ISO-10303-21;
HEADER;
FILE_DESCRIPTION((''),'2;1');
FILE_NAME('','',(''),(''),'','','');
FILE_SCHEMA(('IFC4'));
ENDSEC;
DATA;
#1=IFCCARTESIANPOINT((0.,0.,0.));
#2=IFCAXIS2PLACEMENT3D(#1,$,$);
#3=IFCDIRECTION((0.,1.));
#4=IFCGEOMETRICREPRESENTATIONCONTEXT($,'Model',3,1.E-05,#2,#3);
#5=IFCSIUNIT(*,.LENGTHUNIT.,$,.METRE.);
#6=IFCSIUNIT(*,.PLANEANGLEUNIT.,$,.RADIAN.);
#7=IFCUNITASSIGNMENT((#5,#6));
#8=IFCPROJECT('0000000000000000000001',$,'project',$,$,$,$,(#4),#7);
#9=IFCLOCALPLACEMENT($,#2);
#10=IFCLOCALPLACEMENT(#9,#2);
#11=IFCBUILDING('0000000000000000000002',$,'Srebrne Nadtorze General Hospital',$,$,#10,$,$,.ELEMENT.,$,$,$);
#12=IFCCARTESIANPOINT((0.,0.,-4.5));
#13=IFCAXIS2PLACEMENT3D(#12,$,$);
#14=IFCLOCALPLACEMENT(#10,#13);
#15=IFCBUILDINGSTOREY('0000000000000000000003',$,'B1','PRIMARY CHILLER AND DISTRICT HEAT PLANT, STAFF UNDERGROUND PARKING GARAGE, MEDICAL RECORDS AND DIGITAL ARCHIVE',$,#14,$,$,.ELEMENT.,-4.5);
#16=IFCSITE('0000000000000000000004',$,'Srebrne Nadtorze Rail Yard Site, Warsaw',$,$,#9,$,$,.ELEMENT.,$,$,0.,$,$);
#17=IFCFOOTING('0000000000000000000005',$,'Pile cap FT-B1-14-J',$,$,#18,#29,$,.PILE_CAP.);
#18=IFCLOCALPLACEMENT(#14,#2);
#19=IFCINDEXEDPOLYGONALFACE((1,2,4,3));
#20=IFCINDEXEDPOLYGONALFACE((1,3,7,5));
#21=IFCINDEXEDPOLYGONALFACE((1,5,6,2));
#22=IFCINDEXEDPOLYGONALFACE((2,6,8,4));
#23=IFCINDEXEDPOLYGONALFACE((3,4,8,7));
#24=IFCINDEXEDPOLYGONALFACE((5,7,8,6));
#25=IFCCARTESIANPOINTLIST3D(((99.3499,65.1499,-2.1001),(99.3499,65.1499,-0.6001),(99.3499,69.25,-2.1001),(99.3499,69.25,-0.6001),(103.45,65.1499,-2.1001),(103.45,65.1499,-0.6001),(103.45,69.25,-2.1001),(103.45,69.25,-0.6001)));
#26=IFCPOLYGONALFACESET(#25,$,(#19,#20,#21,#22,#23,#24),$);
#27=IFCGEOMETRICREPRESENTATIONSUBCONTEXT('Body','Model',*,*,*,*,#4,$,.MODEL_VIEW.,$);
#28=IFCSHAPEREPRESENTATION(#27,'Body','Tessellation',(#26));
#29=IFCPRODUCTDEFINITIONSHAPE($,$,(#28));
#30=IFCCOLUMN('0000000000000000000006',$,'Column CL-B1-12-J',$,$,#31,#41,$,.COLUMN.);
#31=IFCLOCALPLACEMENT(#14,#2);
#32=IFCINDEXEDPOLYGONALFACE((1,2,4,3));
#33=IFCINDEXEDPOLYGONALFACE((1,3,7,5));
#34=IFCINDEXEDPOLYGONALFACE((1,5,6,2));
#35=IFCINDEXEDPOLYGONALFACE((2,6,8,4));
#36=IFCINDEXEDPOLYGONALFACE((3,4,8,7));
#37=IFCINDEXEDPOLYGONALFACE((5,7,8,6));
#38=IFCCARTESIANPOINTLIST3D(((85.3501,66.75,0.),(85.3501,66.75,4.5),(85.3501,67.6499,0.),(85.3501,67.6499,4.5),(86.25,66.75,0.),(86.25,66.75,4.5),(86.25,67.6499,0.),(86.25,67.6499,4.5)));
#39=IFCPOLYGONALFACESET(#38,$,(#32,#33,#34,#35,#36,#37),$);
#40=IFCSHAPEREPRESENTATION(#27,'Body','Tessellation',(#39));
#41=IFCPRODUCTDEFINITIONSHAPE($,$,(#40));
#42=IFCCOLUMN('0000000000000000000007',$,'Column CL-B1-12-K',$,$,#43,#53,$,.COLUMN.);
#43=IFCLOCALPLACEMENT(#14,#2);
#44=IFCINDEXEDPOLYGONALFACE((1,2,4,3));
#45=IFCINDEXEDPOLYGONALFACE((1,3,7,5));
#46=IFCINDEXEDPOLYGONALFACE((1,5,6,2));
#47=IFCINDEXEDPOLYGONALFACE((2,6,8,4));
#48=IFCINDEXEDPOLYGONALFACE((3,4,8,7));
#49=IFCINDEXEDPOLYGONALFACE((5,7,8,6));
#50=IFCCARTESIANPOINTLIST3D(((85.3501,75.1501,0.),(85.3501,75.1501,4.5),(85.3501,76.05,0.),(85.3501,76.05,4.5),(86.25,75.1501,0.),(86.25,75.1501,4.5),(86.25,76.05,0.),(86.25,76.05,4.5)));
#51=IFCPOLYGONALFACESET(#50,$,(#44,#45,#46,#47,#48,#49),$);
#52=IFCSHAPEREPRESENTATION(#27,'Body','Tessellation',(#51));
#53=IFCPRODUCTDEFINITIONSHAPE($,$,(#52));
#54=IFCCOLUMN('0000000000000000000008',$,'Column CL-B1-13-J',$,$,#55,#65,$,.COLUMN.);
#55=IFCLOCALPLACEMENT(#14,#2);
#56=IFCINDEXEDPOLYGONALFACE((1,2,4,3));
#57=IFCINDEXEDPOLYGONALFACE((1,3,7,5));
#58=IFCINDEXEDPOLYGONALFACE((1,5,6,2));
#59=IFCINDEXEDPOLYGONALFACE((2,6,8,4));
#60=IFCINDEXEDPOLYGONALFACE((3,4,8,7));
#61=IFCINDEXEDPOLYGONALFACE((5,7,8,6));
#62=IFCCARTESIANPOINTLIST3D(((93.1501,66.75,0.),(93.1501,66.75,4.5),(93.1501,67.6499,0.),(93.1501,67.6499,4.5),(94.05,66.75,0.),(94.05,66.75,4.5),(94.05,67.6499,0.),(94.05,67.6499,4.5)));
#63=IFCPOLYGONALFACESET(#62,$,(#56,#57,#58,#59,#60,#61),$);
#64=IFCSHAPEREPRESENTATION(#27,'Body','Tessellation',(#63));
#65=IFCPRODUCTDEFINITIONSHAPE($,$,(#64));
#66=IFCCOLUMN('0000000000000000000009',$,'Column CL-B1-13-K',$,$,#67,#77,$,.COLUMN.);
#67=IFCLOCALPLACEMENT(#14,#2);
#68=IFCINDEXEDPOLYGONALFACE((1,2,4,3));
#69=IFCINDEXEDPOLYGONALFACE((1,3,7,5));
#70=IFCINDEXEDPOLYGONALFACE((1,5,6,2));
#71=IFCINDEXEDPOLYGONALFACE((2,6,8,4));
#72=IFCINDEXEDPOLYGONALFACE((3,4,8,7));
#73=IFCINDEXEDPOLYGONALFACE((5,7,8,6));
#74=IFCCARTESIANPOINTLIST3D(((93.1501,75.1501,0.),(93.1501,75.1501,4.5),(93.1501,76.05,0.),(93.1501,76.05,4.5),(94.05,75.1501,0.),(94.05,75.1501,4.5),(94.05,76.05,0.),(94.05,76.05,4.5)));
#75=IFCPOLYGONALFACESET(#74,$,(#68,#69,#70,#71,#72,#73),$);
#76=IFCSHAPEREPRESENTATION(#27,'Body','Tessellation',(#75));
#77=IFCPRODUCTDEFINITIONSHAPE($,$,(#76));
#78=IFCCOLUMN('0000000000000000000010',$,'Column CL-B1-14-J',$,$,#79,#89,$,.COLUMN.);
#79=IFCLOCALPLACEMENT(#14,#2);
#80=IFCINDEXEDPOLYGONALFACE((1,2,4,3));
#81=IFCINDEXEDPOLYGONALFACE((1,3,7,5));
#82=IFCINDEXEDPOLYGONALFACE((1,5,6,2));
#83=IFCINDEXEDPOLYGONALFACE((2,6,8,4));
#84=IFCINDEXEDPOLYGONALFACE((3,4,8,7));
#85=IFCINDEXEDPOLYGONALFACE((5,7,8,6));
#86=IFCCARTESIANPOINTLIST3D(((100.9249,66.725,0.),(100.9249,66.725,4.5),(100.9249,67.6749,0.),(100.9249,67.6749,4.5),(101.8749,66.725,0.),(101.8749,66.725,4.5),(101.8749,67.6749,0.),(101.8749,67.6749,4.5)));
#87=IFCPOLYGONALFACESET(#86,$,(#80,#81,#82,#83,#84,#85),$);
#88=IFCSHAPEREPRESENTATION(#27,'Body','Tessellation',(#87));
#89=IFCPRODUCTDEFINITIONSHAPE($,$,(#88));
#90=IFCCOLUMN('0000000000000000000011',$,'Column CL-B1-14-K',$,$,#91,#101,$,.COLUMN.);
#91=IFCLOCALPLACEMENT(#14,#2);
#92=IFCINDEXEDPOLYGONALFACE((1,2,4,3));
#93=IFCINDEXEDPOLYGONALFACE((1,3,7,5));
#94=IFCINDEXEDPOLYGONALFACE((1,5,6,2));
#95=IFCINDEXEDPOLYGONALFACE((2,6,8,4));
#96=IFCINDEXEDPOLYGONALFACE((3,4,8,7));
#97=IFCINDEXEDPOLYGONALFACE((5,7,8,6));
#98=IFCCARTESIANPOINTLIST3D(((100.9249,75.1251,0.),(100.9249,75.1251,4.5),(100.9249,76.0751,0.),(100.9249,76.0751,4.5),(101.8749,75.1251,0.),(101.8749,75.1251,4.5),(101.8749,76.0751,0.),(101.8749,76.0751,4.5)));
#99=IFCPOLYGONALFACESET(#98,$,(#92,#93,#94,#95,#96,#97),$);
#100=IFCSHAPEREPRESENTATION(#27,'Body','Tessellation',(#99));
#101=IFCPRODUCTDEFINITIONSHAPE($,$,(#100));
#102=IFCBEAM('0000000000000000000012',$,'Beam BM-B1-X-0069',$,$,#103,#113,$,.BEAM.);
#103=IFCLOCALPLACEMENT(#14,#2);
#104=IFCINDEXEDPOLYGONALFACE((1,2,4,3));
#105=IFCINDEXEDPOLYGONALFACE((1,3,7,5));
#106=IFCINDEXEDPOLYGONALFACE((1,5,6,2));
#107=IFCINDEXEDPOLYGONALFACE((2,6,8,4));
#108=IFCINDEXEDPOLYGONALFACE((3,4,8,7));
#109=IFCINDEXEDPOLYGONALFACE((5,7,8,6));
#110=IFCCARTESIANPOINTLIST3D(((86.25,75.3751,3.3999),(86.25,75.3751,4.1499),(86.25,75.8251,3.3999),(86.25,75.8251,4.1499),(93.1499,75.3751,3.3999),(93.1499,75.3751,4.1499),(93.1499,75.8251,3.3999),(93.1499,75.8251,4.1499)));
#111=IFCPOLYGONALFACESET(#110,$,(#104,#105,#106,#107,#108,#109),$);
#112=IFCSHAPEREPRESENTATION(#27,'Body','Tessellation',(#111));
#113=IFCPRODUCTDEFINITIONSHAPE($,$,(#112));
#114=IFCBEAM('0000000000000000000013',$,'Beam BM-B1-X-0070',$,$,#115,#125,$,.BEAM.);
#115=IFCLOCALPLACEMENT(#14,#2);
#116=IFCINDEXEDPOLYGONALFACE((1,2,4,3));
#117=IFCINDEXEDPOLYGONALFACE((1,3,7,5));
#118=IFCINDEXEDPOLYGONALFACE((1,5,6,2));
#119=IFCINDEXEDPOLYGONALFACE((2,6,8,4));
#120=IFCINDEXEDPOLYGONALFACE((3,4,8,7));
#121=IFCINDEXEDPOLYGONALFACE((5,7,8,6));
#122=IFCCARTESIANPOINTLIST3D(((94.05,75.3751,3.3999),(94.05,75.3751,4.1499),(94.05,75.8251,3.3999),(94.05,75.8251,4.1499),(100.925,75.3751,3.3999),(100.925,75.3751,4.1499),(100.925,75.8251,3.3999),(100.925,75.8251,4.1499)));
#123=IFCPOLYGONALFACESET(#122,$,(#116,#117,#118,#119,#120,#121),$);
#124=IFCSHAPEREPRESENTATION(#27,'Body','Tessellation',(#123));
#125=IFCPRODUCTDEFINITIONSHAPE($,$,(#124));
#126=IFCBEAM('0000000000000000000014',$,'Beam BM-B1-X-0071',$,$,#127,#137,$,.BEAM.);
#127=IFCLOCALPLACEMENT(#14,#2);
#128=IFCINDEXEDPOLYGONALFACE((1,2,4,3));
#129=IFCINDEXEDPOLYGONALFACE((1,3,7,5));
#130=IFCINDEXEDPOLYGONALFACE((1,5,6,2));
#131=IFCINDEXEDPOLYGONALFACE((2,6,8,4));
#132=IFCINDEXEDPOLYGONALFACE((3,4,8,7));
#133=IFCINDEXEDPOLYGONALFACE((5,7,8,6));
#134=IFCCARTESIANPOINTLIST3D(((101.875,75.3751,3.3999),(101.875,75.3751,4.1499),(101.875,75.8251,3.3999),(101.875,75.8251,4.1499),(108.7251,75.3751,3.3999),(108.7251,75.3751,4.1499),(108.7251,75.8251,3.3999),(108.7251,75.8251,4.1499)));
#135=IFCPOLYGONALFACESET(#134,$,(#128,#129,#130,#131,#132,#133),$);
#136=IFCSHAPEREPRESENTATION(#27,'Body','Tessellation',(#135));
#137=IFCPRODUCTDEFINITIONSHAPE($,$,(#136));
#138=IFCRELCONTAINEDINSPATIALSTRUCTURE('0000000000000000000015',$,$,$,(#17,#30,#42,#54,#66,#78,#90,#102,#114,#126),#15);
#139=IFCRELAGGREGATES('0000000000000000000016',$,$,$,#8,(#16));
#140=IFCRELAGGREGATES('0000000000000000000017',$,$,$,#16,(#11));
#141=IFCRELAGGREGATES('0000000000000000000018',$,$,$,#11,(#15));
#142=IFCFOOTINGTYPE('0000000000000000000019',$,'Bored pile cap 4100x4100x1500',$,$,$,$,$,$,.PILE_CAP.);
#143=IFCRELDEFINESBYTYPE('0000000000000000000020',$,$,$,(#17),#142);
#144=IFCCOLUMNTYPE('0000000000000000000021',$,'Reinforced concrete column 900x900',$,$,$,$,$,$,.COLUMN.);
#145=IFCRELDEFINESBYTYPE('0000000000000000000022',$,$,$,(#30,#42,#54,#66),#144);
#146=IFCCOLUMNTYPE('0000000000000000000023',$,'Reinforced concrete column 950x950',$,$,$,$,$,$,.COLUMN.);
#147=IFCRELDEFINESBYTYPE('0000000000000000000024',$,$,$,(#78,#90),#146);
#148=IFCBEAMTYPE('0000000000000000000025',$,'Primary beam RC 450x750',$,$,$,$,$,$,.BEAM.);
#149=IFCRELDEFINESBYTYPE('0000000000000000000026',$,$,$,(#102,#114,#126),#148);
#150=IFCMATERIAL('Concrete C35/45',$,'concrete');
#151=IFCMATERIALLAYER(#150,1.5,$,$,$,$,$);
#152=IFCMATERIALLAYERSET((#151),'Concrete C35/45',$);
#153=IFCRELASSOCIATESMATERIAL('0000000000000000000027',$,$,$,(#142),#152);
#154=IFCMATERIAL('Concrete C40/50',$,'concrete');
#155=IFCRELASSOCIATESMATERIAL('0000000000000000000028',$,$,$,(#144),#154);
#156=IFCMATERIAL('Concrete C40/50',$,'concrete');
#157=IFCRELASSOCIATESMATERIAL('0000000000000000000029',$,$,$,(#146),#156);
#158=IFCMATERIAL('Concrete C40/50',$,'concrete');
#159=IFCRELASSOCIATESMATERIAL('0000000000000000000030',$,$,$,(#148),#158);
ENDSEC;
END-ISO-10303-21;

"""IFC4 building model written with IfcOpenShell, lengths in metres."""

from ifc_helpers import new_model, si_unit, direction, frame, origin, origin_2d, place, context, subcontext, project, spatial, rectangle, extrude, material, layer, layer_set, material_profile, profile_set, type_object, element, save


model = new_model("IFC4")

# Units and contexts
model_context = context("Model", 3, precision=1e-05, world=origin(), true_north=direction((0.0, 1.0)))
body_context = subcontext(model_context, "Body", "Model", "MODEL_VIEW")
ifc_project = project(units=[si_unit("LENGTHUNIT", "METRE"), si_unit("PLANEANGLEUNIT", "RADIAN")], contexts=[model_context])

# Site, building, storey
site_placement = place(None, origin())
site = spatial("IfcSite", under=ifc_project, at=site_placement, Name="Srebrne Nadtorze Rail Yard Site, Warsaw", CompositionType="ELEMENT", RefElevation=0.0)
building_placement = place(site_placement, origin())
building = spatial("IfcBuilding", under=site, at=building_placement, Name="Srebrne Nadtorze General Hospital", CompositionType="ELEMENT")
storey_placement = place(building_placement, frame((0.0, 0.0, -4.5)))
storey = spatial("IfcBuildingStorey", under=building, at=storey_placement, Name="B1", Description="PRIMARY CHILLER AND DISTRICT HEAT PLANT, STAFF UNDERGROUND PARKING GARAGE, MEDICAL RECORDS AND DIGITAL ARCHIVE", CompositionType="ELEMENT", Elevation=-4.5)

# Footing
ifc_material_1 = material(Name="Concrete C35/45", Category="concrete")
ifc_layer_1 = layer(ifc_material_1, 1.5)
ifc_layer_set_1 = layer_set([ifc_layer_1], Name="Concrete C35/45")
footing_type_1 = type_object("IfcFootingType", Name="Bored pile cap 4100x4100x1500", PredefinedType="PILE_CAP", material=ifc_layer_set_1)
footing_1_placement = place(storey_placement, frame((101.3999, 67.2, -2.1001), z_axis=(0.0, 0.0, 1.0), x_axis=(1.0, 0.0, 0.0)))
element("IfcFooting", 1, at=footing_1_placement, inside=storey, type_object=footing_type_1, Name="Pile cap FT-B1-14-J", PredefinedType="PILE_CAP", context=body_context, shape_type="SweptSolid", body=[
    extrude(rectangle(XDim=4.1001, YDim=4.1001, at=origin_2d()), origin(), (0.0, 0.0, 1.0), 1.5),
])

# Columns
ifc_material_2 = material(Name="Concrete C40/50", Category="concrete")
ifc_material_profile_1 = material_profile(ifc_material_2, rectangle(XDim=0.8999, YDim=0.8999, at=origin_2d()), Name="RC-COL-900x900")
ifc_profile_set_1 = profile_set([ifc_material_profile_1], Name="Concrete C40/50")
column_type_1 = type_object("IfcColumnType", Name="Reinforced concrete column 900x900", PredefinedType="COLUMN", material=ifc_profile_set_1)
for number, where, z_axis, x_axis, name in (
    (2, (85.8, 67.2, 0.0), (0.0, 0.0, 1.0), (1.0, 0.0, 0.0), "Column CL-B1-12-J"),
    (3, (85.8, 75.6001, 0.0), (0.0, 0.0, 1.0), (1.0, 0.0, 0.0), "Column CL-B1-12-K"),
    (4, (93.6001, 67.2, 0.0), (0.0, 0.0, 1.0), (1.0, 0.0, 0.0), "Column CL-B1-13-J"),
    (5, (93.6001, 75.6001, 0.0), (0.0, 0.0, 1.0), (1.0, 0.0, 0.0), "Column CL-B1-13-K"),
):
    element("IfcColumn", number, at=place(storey_placement, frame(where, z_axis=z_axis, x_axis=x_axis)), inside=storey, type_object=column_type_1, Name=name, PredefinedType="COLUMN", context=body_context, shape_type="SweptSolid", body=[
        extrude(rectangle(XDim=0.8999, YDim=0.8999, at=origin_2d()), origin(), (0.0, 0.0, 1.0), 4.5),
    ])
ifc_material_3 = material(Name="Concrete C40/50", Category="concrete")
ifc_material_profile_2 = material_profile(ifc_material_3, rectangle(XDim=0.95, YDim=0.95, at=origin_2d()), Name="RC-COL-950x950")
ifc_profile_set_2 = profile_set([ifc_material_profile_2], Name="Concrete C40/50")
column_type_2 = type_object("IfcColumnType", Name="Reinforced concrete column 950x950", PredefinedType="COLUMN", material=ifc_profile_set_2)
for number, where, z_axis, x_axis, name in (
    (6, (101.3999, 67.2, 0.0), (0.0, 0.0, 1.0), (1.0, 0.0, 0.0), "Column CL-B1-14-J"),
    (7, (101.3999, 75.6001, 0.0), (0.0, 0.0, 1.0), (1.0, 0.0, 0.0), "Column CL-B1-14-K"),
):
    element("IfcColumn", number, at=place(storey_placement, frame(where, z_axis=z_axis, x_axis=x_axis)), inside=storey, type_object=column_type_2, Name=name, PredefinedType="COLUMN", context=body_context, shape_type="SweptSolid", body=[
        extrude(rectangle(XDim=0.95, YDim=0.95, at=origin_2d()), origin(), (0.0, 0.0, 1.0), 4.5),
    ])

# Beams
ifc_material_4 = material(Name="Concrete C40/50", Category="concrete")
ifc_material_profile_3 = material_profile(ifc_material_4, rectangle(XDim=0.45, YDim=0.75, at=origin_2d()), Name="RC-BM-450x750")
ifc_profile_set_3 = profile_set([ifc_material_profile_3], Name="Concrete C40/50")
beam_type = type_object("IfcBeamType", Name="Primary beam RC 450x750", PredefinedType="BEAM", material=ifc_profile_set_3)
beam_1_placement = place(storey_placement, frame((86.25, 75.6001, 3.7749), z_axis=(1.0, 0.0, 0.0), x_axis=(0.0, 1.0, 0.0)))
element("IfcBeam", 8, at=beam_1_placement, inside=storey, type_object=beam_type, Name="Beam BM-B1-X-0069", PredefinedType="BEAM", context=body_context, shape_type="SweptSolid", body=[
    extrude(rectangle(XDim=0.45, YDim=0.75, at=origin_2d()), origin(), (0.0, 0.0, 1.0), 6.8999),
])
beam_2_placement = place(storey_placement, frame((94.05, 75.6001, 3.7749), z_axis=(1.0, 0.0, 0.0), x_axis=(0.0, 1.0, 0.0)))
element("IfcBeam", 9, at=beam_2_placement, inside=storey, type_object=beam_type, Name="Beam BM-B1-X-0070", PredefinedType="BEAM", context=body_context, shape_type="SweptSolid", body=[
    extrude(rectangle(XDim=0.45, YDim=0.75, at=origin_2d()), origin(), (0.0, 0.0, 1.0), 6.875),
])
beam_3_placement = place(storey_placement, frame((101.875, 75.6001, 3.7749), z_axis=(1.0, 0.0, 0.0), x_axis=(0.0, 1.0, 0.0)))
element("IfcBeam", 10, at=beam_3_placement, inside=storey, type_object=beam_type, Name="Beam BM-B1-X-0071", PredefinedType="BEAM", context=body_context, shape_type="SweptSolid", body=[
    extrude(rectangle(XDim=0.45, YDim=0.75, at=origin_2d()), origin(), (0.0, 0.0, 1.0), 6.8501),
])

save(model, "model.ifc")
